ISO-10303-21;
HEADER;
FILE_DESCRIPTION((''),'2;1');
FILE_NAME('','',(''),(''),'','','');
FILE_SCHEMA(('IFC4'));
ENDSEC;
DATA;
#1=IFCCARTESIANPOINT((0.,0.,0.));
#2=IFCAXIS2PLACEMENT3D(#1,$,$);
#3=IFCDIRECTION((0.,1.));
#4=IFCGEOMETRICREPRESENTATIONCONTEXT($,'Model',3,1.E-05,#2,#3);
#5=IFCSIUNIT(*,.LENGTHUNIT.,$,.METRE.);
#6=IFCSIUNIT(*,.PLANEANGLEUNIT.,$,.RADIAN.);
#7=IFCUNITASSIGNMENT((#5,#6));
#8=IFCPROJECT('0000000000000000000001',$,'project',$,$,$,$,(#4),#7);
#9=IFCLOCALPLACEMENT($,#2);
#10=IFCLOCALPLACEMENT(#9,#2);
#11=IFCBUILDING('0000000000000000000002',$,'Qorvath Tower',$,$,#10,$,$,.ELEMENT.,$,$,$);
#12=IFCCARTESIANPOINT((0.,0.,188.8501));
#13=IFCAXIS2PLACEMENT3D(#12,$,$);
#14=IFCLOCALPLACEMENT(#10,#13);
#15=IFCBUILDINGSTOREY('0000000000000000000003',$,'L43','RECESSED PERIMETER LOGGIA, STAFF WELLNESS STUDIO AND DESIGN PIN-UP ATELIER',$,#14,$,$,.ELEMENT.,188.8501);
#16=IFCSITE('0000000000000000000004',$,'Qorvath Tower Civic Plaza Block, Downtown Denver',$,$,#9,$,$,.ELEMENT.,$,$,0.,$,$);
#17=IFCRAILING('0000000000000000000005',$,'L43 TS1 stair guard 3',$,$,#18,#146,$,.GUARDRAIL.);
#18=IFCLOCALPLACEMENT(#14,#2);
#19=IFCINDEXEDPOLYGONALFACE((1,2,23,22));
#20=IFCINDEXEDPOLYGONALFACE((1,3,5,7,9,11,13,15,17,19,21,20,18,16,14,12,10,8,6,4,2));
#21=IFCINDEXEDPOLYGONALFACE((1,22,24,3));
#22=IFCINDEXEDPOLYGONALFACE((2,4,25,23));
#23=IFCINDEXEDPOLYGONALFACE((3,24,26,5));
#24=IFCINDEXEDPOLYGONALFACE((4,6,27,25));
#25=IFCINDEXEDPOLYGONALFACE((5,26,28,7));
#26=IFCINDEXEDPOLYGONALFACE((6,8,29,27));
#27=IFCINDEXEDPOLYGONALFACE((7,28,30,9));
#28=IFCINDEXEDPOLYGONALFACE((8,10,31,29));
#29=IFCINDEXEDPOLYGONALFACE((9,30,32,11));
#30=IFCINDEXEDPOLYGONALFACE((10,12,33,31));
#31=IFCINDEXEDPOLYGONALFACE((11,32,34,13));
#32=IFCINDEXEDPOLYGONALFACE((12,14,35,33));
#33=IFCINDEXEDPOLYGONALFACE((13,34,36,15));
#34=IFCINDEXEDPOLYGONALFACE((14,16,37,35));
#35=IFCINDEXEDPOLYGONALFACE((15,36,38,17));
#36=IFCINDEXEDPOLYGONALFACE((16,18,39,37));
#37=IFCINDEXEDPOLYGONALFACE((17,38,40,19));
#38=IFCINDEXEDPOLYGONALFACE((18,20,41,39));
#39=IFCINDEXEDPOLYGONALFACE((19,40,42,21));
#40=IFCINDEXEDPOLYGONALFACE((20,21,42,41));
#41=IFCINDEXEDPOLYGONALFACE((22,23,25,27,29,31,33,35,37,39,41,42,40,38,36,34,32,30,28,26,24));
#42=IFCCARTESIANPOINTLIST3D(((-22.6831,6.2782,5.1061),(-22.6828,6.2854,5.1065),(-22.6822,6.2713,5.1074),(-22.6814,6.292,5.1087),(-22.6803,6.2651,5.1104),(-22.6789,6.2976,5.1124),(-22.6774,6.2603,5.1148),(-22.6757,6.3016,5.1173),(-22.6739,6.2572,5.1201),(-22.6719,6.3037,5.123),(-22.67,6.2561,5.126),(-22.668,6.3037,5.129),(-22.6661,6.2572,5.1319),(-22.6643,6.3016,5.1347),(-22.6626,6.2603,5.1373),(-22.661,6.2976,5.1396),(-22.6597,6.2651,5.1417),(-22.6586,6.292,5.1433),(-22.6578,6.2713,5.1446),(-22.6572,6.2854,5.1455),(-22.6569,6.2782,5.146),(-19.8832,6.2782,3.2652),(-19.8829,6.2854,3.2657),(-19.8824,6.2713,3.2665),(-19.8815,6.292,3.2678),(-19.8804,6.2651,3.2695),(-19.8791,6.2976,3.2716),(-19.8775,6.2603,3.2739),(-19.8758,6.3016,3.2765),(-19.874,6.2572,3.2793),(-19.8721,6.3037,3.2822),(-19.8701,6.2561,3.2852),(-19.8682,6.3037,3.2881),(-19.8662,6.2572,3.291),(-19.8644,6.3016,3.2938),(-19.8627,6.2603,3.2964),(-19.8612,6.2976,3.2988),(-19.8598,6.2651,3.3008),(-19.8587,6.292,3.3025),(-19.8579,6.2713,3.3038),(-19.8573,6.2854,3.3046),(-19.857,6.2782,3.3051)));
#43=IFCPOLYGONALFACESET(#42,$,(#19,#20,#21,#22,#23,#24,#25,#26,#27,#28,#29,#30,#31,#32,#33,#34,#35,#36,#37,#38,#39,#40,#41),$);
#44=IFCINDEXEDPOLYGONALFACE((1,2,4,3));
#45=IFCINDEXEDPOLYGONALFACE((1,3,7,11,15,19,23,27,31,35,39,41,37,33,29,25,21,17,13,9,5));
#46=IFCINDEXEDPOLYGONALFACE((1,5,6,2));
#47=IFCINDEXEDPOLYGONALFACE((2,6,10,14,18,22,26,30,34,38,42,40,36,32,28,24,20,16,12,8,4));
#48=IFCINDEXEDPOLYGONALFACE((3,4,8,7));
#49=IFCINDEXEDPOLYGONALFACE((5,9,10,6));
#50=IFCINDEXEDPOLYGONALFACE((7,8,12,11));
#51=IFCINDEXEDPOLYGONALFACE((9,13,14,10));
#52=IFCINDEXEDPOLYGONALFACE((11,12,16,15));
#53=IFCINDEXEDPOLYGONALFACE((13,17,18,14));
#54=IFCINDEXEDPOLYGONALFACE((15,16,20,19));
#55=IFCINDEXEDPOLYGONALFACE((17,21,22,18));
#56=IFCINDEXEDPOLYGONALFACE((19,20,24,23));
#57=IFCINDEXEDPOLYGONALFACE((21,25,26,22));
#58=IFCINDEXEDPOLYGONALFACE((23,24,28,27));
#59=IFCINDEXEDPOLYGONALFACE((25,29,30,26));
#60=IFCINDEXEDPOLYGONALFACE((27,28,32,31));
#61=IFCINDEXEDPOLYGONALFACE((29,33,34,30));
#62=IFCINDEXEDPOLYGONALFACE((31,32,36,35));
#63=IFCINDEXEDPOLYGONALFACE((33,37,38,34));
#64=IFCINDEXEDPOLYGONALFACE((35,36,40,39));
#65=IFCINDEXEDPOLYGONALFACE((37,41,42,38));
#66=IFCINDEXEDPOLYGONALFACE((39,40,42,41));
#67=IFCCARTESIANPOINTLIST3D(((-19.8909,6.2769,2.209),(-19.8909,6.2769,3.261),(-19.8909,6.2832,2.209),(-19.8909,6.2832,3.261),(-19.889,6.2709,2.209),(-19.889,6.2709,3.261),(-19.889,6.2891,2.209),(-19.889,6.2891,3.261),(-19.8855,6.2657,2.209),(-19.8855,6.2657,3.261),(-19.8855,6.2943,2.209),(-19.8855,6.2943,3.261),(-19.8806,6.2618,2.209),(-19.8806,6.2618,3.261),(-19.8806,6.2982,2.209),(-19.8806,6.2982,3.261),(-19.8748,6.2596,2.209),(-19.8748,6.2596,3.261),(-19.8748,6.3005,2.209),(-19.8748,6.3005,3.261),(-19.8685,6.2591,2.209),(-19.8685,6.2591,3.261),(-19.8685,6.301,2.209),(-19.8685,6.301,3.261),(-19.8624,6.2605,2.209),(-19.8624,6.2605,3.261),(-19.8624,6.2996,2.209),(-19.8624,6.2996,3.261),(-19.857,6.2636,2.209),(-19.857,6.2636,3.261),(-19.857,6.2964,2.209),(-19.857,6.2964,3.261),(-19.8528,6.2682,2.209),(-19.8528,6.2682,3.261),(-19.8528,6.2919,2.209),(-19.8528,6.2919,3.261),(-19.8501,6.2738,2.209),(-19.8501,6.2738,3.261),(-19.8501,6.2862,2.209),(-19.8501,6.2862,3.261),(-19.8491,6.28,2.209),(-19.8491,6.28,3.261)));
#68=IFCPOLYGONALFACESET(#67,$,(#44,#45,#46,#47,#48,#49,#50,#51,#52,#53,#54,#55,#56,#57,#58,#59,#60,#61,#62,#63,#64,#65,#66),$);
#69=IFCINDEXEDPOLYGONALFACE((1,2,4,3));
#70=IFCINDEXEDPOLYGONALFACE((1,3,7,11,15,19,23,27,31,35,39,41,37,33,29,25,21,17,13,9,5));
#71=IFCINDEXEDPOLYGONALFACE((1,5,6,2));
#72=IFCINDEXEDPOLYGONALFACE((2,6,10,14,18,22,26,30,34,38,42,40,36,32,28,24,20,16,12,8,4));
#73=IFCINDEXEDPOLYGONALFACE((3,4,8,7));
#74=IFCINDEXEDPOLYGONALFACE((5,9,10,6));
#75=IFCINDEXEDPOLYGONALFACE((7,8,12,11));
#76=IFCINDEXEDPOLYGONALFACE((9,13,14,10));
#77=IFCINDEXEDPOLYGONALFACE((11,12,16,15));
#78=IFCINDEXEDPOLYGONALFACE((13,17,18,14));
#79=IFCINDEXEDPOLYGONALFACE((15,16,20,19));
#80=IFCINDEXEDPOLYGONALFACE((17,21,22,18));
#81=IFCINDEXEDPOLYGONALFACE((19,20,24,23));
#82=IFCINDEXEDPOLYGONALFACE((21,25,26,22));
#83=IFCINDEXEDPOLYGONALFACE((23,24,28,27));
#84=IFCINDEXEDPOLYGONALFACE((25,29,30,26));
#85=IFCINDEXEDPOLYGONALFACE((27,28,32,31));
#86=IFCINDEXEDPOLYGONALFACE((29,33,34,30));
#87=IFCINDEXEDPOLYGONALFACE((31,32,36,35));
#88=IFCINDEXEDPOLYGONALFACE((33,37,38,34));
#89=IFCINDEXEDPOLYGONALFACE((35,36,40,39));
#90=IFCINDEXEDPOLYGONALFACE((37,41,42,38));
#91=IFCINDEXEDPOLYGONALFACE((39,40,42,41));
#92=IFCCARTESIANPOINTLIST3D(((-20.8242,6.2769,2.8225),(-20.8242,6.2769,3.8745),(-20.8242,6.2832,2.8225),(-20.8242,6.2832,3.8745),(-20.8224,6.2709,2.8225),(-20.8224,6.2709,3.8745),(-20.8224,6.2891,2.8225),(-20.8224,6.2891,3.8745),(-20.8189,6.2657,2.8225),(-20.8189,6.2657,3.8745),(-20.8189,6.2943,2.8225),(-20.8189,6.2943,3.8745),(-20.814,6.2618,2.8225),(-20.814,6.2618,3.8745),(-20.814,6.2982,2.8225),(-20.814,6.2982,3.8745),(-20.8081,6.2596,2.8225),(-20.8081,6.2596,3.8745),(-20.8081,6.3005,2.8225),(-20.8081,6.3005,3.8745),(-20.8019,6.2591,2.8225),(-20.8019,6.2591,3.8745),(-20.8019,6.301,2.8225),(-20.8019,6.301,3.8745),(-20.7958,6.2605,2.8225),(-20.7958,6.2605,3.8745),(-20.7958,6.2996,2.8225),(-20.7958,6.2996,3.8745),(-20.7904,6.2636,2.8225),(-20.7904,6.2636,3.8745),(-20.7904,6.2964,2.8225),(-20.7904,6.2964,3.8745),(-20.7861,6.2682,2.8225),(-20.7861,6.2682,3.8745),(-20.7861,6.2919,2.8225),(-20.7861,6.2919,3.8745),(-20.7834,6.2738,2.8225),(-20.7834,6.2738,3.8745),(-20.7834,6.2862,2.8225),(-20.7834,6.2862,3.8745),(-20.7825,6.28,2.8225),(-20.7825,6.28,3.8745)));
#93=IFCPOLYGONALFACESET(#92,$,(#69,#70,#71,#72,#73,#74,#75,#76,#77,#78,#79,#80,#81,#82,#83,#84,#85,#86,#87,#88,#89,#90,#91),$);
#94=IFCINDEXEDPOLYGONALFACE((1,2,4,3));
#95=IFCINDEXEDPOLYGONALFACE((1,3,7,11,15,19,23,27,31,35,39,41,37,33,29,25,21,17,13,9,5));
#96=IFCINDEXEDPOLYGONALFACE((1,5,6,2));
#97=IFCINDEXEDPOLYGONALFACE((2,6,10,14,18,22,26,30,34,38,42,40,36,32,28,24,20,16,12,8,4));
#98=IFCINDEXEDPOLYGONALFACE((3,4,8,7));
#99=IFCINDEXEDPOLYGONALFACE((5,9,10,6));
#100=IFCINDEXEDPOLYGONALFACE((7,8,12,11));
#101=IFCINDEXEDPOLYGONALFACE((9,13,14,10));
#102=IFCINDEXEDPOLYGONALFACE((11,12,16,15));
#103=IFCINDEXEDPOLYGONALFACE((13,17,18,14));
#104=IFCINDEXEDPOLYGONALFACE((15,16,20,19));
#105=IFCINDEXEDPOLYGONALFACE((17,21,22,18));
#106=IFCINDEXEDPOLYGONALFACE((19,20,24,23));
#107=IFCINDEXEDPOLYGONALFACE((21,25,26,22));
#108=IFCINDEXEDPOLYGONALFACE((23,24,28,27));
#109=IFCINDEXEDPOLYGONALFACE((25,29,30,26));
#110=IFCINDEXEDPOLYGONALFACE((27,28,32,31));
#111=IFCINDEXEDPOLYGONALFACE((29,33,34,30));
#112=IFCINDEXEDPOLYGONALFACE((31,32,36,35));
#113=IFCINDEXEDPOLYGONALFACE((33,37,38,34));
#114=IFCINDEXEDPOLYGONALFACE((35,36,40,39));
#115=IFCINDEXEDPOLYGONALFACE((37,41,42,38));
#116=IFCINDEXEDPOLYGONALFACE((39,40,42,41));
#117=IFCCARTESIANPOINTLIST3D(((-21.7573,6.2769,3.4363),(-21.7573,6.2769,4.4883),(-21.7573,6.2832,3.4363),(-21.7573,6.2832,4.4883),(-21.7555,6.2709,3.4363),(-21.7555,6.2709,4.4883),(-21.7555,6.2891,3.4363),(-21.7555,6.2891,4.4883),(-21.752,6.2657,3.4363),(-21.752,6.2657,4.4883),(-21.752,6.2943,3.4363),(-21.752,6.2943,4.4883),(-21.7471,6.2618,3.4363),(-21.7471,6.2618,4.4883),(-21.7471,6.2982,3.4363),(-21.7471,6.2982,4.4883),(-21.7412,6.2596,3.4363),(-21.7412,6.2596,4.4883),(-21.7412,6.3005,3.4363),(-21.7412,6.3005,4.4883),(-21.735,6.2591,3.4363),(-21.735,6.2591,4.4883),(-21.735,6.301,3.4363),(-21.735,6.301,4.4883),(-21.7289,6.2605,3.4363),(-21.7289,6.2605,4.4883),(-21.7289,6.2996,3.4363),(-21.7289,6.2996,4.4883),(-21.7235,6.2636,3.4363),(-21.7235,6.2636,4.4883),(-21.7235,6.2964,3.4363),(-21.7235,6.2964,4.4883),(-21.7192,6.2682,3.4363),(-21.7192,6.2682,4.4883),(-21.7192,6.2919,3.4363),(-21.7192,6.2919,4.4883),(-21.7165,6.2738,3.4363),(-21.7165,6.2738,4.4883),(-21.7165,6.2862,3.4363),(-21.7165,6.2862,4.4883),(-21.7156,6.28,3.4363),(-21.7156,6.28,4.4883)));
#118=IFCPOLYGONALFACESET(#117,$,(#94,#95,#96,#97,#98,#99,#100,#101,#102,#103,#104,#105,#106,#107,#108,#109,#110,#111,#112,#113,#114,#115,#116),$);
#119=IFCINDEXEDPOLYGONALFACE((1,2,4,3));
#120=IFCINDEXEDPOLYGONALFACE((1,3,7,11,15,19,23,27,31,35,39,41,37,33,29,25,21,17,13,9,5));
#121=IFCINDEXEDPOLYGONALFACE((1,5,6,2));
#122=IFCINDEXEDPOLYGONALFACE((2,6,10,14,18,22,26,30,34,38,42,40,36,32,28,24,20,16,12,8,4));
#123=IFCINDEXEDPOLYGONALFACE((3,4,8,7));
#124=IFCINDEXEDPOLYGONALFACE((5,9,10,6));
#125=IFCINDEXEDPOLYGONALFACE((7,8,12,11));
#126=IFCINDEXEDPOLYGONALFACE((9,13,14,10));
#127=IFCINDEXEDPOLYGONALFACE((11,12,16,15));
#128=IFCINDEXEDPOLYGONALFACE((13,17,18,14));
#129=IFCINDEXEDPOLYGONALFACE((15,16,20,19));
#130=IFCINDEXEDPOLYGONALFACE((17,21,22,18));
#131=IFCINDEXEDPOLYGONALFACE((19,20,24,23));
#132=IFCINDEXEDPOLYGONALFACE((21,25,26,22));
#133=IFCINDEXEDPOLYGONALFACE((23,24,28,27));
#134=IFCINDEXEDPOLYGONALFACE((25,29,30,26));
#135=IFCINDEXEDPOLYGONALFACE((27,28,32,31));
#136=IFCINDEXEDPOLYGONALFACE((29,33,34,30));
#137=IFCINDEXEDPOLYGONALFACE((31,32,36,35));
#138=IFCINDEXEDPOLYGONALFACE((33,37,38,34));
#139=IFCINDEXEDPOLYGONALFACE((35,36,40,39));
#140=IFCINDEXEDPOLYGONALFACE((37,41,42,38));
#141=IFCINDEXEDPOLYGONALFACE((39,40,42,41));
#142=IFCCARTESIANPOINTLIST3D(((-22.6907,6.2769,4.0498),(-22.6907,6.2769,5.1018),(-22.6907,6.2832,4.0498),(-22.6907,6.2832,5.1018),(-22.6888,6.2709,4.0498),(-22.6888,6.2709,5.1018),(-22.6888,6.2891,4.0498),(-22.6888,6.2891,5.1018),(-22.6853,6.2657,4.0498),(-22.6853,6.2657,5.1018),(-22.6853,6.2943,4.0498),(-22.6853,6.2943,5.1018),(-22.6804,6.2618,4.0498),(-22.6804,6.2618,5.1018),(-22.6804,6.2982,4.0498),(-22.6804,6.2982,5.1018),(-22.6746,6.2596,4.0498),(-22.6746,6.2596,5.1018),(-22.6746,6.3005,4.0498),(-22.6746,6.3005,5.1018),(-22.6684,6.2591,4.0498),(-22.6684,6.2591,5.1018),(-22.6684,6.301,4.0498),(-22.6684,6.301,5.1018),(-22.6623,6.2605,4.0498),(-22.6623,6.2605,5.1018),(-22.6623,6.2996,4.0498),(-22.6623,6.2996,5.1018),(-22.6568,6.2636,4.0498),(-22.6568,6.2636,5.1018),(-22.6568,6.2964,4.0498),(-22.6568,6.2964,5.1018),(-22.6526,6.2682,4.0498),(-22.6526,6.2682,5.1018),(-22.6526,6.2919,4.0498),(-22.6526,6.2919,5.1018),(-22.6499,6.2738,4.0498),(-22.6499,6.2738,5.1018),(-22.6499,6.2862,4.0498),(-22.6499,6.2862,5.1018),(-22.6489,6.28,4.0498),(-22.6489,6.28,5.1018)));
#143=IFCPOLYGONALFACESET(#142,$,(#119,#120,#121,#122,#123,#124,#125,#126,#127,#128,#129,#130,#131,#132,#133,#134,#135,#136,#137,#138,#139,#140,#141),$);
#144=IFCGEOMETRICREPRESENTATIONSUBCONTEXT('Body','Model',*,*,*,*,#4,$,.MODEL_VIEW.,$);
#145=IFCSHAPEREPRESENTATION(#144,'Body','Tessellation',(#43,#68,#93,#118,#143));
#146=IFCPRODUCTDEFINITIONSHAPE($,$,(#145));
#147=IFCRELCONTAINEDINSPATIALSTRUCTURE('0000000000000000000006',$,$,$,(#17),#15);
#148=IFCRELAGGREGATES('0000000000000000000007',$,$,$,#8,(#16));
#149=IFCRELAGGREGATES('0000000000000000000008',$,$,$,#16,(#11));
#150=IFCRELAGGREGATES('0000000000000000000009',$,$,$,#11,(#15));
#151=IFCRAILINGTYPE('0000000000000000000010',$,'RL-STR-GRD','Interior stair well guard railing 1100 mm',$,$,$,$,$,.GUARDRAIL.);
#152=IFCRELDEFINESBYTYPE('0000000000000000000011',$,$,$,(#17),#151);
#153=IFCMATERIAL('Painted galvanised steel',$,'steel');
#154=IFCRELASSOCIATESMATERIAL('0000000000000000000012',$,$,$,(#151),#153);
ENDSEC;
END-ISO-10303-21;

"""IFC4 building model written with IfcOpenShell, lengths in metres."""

from ifc_helpers import new_model, si_unit, direction, frame, origin, origin_2d, place, context, subcontext, project, spatial, circle, extrude, material, type_object, element, save


model = new_model("IFC4")

# Units and contexts
model_context = context("Model", 3, precision=1e-05, world=origin(), true_north=direction((0.0, 1.0)))
body_context = subcontext(model_context, "Body", "Model", "MODEL_VIEW")
ifc_project = project(units=[si_unit("LENGTHUNIT", "METRE"), si_unit("PLANEANGLEUNIT", "RADIAN")], contexts=[model_context])

# Site, building, storey
site_placement = place(None, origin())
site = spatial("IfcSite", under=ifc_project, at=site_placement, Name="Qorvath Tower Civic Plaza Block, Downtown Denver", CompositionType="ELEMENT", RefElevation=0.0)
building_placement = place(site_placement, origin())
building = spatial("IfcBuilding", under=site, at=building_placement, Name="Qorvath Tower", CompositionType="ELEMENT")
storey_placement = place(building_placement, frame((0.0, 0.0, 188.8501)))
storey = spatial("IfcBuildingStorey", under=building, at=storey_placement, Name="L43", Description="RECESSED PERIMETER LOGGIA, STAFF WELLNESS STUDIO AND DESIGN PIN-UP ATELIER", CompositionType="ELEMENT", Elevation=188.8501)

# Railing
ifc_material_1 = material(Name="Painted galvanised steel", Category="steel")
railing_type_1 = type_object("IfcRailingType", Name="RL-STR-GRD", Description="Interior stair well guard railing 1100 mm", PredefinedType="GUARDRAIL", material=ifc_material_1)
railing_1_placement = place(storey_placement, frame((-19.8701, 6.28, 2.209)))
element("IfcRailing", 1, at=railing_1_placement, inside=storey, type_object=railing_type_1, Name="L43 TS1 stair guard 3", PredefinedType="GUARDRAIL", context=body_context, shape_type="SweptSolid", body=[
    extrude(circle(Radius=0.0239, at=origin_2d()), frame((0.0, 0.0, 1.0762), z_axis=(-0.835576, 0.0, 0.549376), x_axis=(0.0, -1.0, 0.0)), (0.0, 0.0, 1.0), 3.3508),
    extrude(circle(Radius=0.021, at=origin_2d()), origin(), (0.0, 0.0, 1.0), 1.052),
    extrude(circle(Radius=0.021, at=origin_2d()), frame((-0.9333, 0.0, 0.6135)), (0.0, 0.0, 1.0), 1.052),
    extrude(circle(Radius=0.021, at=origin_2d()), frame((-1.8665, 0.0, 1.2273)), (0.0, 0.0, 1.0), 1.052),
    extrude(circle(Radius=0.021, at=origin_2d()), frame((-2.7998, 0.0, 1.8408)), (0.0, 0.0, 1.0), 1.052),
])

save(model, "model.ifc")
